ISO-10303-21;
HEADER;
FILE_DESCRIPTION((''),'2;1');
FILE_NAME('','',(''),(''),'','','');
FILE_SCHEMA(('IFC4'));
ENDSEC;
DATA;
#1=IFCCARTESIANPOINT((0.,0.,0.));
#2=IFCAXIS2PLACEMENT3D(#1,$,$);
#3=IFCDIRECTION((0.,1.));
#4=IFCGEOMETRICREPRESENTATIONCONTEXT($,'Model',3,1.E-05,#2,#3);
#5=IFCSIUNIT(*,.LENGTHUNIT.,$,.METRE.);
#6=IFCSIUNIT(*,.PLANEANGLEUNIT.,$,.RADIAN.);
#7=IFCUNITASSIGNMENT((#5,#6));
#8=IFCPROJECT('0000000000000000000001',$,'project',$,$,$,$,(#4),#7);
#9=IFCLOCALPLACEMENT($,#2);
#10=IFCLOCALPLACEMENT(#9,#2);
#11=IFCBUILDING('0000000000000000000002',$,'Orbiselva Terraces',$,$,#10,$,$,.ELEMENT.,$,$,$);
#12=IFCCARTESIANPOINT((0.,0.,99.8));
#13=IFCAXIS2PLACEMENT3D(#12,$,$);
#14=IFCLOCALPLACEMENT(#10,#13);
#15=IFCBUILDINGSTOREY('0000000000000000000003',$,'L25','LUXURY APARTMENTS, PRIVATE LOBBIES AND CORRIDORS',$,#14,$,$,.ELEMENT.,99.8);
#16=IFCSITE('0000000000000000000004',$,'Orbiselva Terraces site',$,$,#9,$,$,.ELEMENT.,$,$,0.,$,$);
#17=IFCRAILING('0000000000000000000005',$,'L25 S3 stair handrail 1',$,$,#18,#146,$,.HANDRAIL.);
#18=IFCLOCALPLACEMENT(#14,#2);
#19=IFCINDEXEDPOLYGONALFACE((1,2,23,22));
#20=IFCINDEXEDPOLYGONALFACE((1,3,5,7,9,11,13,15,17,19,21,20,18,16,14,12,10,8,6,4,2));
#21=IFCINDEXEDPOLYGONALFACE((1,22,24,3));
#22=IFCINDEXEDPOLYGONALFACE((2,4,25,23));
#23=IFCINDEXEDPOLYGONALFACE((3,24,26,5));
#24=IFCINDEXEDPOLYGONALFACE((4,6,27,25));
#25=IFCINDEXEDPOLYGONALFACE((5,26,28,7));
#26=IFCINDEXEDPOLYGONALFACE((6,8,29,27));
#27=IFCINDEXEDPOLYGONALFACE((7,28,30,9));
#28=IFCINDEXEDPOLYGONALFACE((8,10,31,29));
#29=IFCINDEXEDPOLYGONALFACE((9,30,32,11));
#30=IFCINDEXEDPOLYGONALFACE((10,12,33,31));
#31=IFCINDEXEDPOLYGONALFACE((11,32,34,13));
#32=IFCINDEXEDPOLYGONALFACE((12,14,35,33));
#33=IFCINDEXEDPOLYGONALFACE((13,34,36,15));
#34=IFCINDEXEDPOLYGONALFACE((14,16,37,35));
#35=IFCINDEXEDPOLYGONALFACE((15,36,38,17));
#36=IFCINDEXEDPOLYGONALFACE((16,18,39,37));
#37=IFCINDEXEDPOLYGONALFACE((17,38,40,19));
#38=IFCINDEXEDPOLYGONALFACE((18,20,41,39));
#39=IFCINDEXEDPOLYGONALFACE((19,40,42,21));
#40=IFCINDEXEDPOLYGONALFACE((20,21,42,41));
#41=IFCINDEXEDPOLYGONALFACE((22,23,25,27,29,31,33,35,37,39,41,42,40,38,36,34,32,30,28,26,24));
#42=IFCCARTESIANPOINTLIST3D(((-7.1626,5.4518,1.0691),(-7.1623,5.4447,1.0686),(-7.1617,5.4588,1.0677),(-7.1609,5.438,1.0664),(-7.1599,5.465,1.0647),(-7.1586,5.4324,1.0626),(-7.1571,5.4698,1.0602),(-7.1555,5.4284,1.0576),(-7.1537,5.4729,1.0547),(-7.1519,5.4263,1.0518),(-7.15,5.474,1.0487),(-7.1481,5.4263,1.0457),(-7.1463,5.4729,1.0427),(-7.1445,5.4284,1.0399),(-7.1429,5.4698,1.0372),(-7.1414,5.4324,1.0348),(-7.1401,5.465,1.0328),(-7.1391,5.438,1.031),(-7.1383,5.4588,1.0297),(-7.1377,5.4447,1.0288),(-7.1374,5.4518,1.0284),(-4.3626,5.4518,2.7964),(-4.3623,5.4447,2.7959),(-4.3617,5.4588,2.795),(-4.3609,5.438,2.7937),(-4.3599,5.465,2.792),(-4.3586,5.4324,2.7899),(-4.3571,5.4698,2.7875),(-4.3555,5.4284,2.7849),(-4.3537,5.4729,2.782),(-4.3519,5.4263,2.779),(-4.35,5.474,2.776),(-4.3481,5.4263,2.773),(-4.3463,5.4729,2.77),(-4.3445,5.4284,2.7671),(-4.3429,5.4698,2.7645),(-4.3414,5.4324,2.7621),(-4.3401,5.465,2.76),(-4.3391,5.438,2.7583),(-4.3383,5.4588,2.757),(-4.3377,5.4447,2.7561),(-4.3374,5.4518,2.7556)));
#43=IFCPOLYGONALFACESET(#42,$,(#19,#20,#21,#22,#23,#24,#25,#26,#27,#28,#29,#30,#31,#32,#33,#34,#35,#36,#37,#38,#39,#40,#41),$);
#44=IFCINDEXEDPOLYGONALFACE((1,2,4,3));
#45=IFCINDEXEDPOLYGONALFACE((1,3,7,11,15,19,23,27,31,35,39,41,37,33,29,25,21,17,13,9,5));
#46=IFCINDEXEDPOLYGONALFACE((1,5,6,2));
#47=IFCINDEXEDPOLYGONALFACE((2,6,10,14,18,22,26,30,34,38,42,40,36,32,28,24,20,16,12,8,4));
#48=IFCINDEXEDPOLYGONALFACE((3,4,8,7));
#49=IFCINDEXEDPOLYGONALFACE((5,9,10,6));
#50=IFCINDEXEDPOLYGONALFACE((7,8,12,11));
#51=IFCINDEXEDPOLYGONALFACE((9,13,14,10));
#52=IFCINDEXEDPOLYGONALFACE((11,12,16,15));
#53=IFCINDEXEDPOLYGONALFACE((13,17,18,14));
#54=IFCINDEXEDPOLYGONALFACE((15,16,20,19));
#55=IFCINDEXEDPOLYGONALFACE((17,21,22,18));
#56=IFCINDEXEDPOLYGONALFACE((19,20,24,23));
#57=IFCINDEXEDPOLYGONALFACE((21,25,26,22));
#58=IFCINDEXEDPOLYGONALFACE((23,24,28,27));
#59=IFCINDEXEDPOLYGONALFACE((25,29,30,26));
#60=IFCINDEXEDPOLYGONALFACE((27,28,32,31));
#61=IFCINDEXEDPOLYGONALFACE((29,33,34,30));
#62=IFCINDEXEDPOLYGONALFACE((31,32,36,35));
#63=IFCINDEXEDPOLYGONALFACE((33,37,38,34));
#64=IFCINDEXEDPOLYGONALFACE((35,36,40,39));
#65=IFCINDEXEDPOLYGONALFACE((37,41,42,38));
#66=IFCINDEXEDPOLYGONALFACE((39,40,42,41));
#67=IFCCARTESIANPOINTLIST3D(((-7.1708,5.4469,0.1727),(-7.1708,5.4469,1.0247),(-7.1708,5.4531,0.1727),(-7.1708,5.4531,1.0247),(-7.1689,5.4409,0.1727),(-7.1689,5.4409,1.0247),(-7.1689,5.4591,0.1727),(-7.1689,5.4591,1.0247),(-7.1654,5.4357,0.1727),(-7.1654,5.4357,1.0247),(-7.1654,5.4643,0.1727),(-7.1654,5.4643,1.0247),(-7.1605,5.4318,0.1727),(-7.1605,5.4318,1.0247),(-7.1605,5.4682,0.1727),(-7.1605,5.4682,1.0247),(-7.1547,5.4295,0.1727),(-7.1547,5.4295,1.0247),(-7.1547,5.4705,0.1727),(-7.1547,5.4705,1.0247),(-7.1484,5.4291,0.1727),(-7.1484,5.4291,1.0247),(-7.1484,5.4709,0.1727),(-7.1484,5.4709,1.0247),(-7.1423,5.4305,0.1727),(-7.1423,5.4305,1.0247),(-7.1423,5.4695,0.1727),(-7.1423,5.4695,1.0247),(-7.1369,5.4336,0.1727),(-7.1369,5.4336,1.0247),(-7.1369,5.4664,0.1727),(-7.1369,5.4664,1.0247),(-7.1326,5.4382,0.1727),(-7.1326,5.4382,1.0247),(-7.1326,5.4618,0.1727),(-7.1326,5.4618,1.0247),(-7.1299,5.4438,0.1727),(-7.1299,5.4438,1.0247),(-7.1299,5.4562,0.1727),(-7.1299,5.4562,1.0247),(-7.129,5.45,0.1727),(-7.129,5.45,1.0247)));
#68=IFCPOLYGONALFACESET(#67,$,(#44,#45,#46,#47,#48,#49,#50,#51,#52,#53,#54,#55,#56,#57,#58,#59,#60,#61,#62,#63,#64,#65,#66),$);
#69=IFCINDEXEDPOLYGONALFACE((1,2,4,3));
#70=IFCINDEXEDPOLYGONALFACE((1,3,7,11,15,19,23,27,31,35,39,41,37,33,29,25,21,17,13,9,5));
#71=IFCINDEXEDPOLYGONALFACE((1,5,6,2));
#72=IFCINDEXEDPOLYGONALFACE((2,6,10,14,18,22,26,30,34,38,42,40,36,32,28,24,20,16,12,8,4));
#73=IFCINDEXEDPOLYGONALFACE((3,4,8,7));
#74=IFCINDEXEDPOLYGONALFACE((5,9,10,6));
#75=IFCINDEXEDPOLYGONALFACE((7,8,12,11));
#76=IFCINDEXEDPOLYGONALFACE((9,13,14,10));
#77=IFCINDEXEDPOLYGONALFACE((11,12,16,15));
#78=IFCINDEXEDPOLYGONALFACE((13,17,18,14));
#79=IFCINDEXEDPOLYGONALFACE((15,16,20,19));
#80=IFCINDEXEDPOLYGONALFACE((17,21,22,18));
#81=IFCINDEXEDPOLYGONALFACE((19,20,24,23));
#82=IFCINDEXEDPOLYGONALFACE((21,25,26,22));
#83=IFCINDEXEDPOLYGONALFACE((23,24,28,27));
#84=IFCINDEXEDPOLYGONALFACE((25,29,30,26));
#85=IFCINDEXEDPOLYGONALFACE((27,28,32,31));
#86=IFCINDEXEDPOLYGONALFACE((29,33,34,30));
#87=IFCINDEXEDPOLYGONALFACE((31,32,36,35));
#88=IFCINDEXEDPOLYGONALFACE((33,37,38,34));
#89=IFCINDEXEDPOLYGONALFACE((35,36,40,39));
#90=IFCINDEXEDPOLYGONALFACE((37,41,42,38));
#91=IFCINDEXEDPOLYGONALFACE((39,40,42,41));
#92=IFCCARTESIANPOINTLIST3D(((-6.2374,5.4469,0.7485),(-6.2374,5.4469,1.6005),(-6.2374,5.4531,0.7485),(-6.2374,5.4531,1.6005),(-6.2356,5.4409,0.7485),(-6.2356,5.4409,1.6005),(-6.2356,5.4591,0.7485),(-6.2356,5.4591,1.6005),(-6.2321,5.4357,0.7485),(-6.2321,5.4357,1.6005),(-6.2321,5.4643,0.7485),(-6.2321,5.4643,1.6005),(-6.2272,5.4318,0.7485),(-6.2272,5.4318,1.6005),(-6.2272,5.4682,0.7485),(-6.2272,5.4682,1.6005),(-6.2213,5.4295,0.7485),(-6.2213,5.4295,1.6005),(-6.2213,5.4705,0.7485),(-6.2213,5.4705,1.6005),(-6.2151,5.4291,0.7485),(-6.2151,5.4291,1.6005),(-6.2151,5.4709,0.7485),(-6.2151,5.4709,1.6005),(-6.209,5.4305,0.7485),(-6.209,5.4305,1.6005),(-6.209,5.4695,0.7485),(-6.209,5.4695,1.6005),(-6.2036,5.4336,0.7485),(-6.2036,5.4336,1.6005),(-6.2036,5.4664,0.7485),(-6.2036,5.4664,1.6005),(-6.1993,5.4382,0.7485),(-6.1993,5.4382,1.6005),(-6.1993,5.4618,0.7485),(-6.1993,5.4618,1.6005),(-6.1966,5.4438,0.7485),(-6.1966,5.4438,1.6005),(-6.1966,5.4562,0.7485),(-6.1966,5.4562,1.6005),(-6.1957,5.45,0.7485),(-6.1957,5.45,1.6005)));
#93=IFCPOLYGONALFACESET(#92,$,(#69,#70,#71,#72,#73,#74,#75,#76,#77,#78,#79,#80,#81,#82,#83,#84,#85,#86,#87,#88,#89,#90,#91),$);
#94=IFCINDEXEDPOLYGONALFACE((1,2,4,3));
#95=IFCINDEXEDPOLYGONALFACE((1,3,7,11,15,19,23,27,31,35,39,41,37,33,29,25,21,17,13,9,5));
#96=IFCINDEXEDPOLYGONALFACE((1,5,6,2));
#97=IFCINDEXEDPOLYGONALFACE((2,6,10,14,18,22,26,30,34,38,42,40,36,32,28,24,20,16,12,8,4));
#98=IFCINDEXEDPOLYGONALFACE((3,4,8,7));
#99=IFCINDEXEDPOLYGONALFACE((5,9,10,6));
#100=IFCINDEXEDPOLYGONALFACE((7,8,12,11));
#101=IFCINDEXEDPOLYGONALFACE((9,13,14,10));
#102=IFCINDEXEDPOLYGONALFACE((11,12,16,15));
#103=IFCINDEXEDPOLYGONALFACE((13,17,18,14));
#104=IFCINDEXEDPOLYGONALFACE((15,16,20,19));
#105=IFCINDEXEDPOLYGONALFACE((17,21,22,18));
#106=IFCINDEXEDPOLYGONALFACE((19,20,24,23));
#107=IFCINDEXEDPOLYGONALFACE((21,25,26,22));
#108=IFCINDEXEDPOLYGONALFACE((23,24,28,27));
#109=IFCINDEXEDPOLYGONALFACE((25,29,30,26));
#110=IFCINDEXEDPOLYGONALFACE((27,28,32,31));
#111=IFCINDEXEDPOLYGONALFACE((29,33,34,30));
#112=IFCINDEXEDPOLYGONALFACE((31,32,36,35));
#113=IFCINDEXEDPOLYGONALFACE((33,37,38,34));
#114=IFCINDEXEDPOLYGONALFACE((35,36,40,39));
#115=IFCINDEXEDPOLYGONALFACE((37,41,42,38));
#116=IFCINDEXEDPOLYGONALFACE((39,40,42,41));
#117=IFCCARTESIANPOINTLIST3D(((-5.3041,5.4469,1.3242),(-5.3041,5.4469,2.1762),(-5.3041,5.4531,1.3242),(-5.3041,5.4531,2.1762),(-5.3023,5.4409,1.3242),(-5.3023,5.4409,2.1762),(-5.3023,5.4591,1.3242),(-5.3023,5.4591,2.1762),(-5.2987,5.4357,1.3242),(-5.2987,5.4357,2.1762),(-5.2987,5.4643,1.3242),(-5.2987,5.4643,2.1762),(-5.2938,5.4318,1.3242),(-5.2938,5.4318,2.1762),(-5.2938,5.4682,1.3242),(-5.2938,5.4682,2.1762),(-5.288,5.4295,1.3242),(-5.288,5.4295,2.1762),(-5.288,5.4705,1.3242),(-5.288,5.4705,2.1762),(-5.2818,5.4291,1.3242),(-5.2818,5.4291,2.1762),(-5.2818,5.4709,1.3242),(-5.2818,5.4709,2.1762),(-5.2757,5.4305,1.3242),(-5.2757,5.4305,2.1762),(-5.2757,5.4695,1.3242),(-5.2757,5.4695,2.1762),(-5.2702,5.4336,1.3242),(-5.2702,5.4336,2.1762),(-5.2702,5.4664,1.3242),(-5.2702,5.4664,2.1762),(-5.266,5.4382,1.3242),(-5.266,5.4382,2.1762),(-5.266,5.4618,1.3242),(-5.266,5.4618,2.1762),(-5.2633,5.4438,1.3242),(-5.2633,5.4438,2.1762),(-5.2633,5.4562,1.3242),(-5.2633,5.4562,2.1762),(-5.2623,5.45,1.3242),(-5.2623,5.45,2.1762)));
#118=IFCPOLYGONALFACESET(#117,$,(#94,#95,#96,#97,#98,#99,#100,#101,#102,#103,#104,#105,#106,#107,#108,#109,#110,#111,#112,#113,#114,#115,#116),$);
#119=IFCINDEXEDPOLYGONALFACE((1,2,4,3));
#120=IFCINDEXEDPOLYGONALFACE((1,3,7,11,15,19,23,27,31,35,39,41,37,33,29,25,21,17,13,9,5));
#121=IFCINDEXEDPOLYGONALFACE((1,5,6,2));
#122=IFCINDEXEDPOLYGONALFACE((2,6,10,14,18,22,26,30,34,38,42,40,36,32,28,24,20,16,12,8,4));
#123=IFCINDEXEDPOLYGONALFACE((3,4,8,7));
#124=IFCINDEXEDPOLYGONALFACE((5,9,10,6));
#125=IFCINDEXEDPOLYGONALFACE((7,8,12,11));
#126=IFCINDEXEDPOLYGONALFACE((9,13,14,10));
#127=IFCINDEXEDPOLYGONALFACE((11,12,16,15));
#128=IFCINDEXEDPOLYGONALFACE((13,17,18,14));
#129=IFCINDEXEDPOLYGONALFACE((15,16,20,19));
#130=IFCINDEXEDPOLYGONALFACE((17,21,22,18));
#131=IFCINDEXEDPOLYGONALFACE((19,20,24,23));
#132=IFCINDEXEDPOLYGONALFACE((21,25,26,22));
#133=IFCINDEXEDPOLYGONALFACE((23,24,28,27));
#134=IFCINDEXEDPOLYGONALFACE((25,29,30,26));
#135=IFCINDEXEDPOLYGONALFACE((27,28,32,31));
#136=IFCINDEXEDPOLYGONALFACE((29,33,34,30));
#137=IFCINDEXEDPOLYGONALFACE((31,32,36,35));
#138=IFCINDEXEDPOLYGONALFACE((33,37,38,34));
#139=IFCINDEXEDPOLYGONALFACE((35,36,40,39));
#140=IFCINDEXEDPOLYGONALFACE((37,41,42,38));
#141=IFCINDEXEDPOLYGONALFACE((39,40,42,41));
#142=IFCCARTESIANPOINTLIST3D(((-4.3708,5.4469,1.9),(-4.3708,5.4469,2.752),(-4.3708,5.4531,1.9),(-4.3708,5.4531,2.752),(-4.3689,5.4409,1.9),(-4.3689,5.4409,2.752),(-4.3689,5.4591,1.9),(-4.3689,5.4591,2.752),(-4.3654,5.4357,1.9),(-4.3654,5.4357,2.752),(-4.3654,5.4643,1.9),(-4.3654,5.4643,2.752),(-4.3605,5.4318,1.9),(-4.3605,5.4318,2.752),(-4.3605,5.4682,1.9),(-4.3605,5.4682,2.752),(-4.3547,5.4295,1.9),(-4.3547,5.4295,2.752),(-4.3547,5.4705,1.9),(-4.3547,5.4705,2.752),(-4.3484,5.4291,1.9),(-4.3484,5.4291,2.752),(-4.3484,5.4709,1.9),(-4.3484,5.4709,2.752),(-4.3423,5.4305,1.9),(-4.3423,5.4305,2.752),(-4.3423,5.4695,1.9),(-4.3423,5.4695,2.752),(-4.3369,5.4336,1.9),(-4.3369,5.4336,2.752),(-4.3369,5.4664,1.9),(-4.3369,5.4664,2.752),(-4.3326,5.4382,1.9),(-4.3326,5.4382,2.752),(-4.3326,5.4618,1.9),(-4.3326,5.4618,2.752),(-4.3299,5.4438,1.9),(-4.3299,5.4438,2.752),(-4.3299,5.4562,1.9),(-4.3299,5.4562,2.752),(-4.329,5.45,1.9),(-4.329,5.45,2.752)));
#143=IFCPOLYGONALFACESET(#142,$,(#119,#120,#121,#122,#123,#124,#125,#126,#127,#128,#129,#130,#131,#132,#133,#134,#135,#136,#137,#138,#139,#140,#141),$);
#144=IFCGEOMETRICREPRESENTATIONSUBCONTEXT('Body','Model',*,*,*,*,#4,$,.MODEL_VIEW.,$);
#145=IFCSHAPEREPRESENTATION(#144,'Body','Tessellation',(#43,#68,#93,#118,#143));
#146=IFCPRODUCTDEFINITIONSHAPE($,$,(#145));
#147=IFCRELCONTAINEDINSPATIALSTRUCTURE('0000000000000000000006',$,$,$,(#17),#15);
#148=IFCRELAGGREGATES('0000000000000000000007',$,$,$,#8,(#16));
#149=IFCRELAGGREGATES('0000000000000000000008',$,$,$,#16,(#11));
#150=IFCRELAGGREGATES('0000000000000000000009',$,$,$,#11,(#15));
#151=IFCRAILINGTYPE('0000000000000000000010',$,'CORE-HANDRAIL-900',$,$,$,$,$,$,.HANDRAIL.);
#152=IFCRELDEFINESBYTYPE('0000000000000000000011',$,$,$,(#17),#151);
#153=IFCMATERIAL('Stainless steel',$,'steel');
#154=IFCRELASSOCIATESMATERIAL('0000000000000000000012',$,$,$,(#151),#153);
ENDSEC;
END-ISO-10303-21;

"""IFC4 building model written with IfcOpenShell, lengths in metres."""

from ifc_helpers import new_model, si_unit, direction, frame, origin, origin_2d, place, context, subcontext, project, spatial, circle, extrude, material, type_object, element, save


model = new_model("IFC4")

# Units and contexts
model_context = context("Model", 3, precision=1e-05, world=origin(), true_north=direction((0.0, 1.0)))
body_context = subcontext(model_context, "Body", "Model", "MODEL_VIEW")
ifc_project = project(units=[si_unit("LENGTHUNIT", "METRE"), si_unit("PLANEANGLEUNIT", "RADIAN")], contexts=[model_context])

# Site, building, storey
site_placement = place(None, origin())
site = spatial("IfcSite", under=ifc_project, at=site_placement, Name="Orbiselva Terraces site", CompositionType="ELEMENT", RefElevation=0.0)
building_placement = place(site_placement, origin())
building = spatial("IfcBuilding", under=site, at=building_placement, Name="Orbiselva Terraces", CompositionType="ELEMENT")
storey_placement = place(building_placement, frame((0.0, 0.0, 99.8)))
storey = spatial("IfcBuildingStorey", under=building, at=storey_placement, Name="L25", Description="LUXURY APARTMENTS, PRIVATE LOBBIES AND CORRIDORS", CompositionType="ELEMENT", Elevation=99.8)

# Railing
ifc_material_1 = material(Name="Stainless steel", Category="steel")
railing_type_1 = type_object("IfcRailingType", Name="CORE-HANDRAIL-900", PredefinedType="HANDRAIL", material=ifc_material_1)
railing_1_placement = place(storey_placement, frame((-7.15, 5.45, 0.1727)))
element("IfcRailing", 1, at=railing_1_placement, inside=storey, type_object=railing_type_1, Name="L25 S3 stair handrail 1", PredefinedType="HANDRAIL", context=body_context, shape_type="SweptSolid", body=[
    extrude(circle(Radius=0.024, at=origin_2d()), frame((0.0, 0.0, 0.876), z_axis=(0.851089, 0.0, 0.525022), x_axis=(0.0, 1.0, 0.0)), (0.0, 0.0, 1.0), 3.2899),
    extrude(circle(Radius=0.021, at=origin_2d()), origin(), (0.0, 0.0, 1.0), 0.852),
    extrude(circle(Radius=0.021, at=origin_2d()), frame((0.9333, 0.0, 0.5758)), (0.0, 0.0, 1.0), 0.852),
    extrude(circle(Radius=0.021, at=origin_2d()), frame((1.8667, 0.0, 1.1515)), (0.0, 0.0, 1.0), 0.852),
    extrude(circle(Radius=0.021, at=origin_2d()), frame((2.8, 0.0, 1.7273)), (0.0, 0.0, 1.0), 0.852),
])

save(model, "model.ifc")
